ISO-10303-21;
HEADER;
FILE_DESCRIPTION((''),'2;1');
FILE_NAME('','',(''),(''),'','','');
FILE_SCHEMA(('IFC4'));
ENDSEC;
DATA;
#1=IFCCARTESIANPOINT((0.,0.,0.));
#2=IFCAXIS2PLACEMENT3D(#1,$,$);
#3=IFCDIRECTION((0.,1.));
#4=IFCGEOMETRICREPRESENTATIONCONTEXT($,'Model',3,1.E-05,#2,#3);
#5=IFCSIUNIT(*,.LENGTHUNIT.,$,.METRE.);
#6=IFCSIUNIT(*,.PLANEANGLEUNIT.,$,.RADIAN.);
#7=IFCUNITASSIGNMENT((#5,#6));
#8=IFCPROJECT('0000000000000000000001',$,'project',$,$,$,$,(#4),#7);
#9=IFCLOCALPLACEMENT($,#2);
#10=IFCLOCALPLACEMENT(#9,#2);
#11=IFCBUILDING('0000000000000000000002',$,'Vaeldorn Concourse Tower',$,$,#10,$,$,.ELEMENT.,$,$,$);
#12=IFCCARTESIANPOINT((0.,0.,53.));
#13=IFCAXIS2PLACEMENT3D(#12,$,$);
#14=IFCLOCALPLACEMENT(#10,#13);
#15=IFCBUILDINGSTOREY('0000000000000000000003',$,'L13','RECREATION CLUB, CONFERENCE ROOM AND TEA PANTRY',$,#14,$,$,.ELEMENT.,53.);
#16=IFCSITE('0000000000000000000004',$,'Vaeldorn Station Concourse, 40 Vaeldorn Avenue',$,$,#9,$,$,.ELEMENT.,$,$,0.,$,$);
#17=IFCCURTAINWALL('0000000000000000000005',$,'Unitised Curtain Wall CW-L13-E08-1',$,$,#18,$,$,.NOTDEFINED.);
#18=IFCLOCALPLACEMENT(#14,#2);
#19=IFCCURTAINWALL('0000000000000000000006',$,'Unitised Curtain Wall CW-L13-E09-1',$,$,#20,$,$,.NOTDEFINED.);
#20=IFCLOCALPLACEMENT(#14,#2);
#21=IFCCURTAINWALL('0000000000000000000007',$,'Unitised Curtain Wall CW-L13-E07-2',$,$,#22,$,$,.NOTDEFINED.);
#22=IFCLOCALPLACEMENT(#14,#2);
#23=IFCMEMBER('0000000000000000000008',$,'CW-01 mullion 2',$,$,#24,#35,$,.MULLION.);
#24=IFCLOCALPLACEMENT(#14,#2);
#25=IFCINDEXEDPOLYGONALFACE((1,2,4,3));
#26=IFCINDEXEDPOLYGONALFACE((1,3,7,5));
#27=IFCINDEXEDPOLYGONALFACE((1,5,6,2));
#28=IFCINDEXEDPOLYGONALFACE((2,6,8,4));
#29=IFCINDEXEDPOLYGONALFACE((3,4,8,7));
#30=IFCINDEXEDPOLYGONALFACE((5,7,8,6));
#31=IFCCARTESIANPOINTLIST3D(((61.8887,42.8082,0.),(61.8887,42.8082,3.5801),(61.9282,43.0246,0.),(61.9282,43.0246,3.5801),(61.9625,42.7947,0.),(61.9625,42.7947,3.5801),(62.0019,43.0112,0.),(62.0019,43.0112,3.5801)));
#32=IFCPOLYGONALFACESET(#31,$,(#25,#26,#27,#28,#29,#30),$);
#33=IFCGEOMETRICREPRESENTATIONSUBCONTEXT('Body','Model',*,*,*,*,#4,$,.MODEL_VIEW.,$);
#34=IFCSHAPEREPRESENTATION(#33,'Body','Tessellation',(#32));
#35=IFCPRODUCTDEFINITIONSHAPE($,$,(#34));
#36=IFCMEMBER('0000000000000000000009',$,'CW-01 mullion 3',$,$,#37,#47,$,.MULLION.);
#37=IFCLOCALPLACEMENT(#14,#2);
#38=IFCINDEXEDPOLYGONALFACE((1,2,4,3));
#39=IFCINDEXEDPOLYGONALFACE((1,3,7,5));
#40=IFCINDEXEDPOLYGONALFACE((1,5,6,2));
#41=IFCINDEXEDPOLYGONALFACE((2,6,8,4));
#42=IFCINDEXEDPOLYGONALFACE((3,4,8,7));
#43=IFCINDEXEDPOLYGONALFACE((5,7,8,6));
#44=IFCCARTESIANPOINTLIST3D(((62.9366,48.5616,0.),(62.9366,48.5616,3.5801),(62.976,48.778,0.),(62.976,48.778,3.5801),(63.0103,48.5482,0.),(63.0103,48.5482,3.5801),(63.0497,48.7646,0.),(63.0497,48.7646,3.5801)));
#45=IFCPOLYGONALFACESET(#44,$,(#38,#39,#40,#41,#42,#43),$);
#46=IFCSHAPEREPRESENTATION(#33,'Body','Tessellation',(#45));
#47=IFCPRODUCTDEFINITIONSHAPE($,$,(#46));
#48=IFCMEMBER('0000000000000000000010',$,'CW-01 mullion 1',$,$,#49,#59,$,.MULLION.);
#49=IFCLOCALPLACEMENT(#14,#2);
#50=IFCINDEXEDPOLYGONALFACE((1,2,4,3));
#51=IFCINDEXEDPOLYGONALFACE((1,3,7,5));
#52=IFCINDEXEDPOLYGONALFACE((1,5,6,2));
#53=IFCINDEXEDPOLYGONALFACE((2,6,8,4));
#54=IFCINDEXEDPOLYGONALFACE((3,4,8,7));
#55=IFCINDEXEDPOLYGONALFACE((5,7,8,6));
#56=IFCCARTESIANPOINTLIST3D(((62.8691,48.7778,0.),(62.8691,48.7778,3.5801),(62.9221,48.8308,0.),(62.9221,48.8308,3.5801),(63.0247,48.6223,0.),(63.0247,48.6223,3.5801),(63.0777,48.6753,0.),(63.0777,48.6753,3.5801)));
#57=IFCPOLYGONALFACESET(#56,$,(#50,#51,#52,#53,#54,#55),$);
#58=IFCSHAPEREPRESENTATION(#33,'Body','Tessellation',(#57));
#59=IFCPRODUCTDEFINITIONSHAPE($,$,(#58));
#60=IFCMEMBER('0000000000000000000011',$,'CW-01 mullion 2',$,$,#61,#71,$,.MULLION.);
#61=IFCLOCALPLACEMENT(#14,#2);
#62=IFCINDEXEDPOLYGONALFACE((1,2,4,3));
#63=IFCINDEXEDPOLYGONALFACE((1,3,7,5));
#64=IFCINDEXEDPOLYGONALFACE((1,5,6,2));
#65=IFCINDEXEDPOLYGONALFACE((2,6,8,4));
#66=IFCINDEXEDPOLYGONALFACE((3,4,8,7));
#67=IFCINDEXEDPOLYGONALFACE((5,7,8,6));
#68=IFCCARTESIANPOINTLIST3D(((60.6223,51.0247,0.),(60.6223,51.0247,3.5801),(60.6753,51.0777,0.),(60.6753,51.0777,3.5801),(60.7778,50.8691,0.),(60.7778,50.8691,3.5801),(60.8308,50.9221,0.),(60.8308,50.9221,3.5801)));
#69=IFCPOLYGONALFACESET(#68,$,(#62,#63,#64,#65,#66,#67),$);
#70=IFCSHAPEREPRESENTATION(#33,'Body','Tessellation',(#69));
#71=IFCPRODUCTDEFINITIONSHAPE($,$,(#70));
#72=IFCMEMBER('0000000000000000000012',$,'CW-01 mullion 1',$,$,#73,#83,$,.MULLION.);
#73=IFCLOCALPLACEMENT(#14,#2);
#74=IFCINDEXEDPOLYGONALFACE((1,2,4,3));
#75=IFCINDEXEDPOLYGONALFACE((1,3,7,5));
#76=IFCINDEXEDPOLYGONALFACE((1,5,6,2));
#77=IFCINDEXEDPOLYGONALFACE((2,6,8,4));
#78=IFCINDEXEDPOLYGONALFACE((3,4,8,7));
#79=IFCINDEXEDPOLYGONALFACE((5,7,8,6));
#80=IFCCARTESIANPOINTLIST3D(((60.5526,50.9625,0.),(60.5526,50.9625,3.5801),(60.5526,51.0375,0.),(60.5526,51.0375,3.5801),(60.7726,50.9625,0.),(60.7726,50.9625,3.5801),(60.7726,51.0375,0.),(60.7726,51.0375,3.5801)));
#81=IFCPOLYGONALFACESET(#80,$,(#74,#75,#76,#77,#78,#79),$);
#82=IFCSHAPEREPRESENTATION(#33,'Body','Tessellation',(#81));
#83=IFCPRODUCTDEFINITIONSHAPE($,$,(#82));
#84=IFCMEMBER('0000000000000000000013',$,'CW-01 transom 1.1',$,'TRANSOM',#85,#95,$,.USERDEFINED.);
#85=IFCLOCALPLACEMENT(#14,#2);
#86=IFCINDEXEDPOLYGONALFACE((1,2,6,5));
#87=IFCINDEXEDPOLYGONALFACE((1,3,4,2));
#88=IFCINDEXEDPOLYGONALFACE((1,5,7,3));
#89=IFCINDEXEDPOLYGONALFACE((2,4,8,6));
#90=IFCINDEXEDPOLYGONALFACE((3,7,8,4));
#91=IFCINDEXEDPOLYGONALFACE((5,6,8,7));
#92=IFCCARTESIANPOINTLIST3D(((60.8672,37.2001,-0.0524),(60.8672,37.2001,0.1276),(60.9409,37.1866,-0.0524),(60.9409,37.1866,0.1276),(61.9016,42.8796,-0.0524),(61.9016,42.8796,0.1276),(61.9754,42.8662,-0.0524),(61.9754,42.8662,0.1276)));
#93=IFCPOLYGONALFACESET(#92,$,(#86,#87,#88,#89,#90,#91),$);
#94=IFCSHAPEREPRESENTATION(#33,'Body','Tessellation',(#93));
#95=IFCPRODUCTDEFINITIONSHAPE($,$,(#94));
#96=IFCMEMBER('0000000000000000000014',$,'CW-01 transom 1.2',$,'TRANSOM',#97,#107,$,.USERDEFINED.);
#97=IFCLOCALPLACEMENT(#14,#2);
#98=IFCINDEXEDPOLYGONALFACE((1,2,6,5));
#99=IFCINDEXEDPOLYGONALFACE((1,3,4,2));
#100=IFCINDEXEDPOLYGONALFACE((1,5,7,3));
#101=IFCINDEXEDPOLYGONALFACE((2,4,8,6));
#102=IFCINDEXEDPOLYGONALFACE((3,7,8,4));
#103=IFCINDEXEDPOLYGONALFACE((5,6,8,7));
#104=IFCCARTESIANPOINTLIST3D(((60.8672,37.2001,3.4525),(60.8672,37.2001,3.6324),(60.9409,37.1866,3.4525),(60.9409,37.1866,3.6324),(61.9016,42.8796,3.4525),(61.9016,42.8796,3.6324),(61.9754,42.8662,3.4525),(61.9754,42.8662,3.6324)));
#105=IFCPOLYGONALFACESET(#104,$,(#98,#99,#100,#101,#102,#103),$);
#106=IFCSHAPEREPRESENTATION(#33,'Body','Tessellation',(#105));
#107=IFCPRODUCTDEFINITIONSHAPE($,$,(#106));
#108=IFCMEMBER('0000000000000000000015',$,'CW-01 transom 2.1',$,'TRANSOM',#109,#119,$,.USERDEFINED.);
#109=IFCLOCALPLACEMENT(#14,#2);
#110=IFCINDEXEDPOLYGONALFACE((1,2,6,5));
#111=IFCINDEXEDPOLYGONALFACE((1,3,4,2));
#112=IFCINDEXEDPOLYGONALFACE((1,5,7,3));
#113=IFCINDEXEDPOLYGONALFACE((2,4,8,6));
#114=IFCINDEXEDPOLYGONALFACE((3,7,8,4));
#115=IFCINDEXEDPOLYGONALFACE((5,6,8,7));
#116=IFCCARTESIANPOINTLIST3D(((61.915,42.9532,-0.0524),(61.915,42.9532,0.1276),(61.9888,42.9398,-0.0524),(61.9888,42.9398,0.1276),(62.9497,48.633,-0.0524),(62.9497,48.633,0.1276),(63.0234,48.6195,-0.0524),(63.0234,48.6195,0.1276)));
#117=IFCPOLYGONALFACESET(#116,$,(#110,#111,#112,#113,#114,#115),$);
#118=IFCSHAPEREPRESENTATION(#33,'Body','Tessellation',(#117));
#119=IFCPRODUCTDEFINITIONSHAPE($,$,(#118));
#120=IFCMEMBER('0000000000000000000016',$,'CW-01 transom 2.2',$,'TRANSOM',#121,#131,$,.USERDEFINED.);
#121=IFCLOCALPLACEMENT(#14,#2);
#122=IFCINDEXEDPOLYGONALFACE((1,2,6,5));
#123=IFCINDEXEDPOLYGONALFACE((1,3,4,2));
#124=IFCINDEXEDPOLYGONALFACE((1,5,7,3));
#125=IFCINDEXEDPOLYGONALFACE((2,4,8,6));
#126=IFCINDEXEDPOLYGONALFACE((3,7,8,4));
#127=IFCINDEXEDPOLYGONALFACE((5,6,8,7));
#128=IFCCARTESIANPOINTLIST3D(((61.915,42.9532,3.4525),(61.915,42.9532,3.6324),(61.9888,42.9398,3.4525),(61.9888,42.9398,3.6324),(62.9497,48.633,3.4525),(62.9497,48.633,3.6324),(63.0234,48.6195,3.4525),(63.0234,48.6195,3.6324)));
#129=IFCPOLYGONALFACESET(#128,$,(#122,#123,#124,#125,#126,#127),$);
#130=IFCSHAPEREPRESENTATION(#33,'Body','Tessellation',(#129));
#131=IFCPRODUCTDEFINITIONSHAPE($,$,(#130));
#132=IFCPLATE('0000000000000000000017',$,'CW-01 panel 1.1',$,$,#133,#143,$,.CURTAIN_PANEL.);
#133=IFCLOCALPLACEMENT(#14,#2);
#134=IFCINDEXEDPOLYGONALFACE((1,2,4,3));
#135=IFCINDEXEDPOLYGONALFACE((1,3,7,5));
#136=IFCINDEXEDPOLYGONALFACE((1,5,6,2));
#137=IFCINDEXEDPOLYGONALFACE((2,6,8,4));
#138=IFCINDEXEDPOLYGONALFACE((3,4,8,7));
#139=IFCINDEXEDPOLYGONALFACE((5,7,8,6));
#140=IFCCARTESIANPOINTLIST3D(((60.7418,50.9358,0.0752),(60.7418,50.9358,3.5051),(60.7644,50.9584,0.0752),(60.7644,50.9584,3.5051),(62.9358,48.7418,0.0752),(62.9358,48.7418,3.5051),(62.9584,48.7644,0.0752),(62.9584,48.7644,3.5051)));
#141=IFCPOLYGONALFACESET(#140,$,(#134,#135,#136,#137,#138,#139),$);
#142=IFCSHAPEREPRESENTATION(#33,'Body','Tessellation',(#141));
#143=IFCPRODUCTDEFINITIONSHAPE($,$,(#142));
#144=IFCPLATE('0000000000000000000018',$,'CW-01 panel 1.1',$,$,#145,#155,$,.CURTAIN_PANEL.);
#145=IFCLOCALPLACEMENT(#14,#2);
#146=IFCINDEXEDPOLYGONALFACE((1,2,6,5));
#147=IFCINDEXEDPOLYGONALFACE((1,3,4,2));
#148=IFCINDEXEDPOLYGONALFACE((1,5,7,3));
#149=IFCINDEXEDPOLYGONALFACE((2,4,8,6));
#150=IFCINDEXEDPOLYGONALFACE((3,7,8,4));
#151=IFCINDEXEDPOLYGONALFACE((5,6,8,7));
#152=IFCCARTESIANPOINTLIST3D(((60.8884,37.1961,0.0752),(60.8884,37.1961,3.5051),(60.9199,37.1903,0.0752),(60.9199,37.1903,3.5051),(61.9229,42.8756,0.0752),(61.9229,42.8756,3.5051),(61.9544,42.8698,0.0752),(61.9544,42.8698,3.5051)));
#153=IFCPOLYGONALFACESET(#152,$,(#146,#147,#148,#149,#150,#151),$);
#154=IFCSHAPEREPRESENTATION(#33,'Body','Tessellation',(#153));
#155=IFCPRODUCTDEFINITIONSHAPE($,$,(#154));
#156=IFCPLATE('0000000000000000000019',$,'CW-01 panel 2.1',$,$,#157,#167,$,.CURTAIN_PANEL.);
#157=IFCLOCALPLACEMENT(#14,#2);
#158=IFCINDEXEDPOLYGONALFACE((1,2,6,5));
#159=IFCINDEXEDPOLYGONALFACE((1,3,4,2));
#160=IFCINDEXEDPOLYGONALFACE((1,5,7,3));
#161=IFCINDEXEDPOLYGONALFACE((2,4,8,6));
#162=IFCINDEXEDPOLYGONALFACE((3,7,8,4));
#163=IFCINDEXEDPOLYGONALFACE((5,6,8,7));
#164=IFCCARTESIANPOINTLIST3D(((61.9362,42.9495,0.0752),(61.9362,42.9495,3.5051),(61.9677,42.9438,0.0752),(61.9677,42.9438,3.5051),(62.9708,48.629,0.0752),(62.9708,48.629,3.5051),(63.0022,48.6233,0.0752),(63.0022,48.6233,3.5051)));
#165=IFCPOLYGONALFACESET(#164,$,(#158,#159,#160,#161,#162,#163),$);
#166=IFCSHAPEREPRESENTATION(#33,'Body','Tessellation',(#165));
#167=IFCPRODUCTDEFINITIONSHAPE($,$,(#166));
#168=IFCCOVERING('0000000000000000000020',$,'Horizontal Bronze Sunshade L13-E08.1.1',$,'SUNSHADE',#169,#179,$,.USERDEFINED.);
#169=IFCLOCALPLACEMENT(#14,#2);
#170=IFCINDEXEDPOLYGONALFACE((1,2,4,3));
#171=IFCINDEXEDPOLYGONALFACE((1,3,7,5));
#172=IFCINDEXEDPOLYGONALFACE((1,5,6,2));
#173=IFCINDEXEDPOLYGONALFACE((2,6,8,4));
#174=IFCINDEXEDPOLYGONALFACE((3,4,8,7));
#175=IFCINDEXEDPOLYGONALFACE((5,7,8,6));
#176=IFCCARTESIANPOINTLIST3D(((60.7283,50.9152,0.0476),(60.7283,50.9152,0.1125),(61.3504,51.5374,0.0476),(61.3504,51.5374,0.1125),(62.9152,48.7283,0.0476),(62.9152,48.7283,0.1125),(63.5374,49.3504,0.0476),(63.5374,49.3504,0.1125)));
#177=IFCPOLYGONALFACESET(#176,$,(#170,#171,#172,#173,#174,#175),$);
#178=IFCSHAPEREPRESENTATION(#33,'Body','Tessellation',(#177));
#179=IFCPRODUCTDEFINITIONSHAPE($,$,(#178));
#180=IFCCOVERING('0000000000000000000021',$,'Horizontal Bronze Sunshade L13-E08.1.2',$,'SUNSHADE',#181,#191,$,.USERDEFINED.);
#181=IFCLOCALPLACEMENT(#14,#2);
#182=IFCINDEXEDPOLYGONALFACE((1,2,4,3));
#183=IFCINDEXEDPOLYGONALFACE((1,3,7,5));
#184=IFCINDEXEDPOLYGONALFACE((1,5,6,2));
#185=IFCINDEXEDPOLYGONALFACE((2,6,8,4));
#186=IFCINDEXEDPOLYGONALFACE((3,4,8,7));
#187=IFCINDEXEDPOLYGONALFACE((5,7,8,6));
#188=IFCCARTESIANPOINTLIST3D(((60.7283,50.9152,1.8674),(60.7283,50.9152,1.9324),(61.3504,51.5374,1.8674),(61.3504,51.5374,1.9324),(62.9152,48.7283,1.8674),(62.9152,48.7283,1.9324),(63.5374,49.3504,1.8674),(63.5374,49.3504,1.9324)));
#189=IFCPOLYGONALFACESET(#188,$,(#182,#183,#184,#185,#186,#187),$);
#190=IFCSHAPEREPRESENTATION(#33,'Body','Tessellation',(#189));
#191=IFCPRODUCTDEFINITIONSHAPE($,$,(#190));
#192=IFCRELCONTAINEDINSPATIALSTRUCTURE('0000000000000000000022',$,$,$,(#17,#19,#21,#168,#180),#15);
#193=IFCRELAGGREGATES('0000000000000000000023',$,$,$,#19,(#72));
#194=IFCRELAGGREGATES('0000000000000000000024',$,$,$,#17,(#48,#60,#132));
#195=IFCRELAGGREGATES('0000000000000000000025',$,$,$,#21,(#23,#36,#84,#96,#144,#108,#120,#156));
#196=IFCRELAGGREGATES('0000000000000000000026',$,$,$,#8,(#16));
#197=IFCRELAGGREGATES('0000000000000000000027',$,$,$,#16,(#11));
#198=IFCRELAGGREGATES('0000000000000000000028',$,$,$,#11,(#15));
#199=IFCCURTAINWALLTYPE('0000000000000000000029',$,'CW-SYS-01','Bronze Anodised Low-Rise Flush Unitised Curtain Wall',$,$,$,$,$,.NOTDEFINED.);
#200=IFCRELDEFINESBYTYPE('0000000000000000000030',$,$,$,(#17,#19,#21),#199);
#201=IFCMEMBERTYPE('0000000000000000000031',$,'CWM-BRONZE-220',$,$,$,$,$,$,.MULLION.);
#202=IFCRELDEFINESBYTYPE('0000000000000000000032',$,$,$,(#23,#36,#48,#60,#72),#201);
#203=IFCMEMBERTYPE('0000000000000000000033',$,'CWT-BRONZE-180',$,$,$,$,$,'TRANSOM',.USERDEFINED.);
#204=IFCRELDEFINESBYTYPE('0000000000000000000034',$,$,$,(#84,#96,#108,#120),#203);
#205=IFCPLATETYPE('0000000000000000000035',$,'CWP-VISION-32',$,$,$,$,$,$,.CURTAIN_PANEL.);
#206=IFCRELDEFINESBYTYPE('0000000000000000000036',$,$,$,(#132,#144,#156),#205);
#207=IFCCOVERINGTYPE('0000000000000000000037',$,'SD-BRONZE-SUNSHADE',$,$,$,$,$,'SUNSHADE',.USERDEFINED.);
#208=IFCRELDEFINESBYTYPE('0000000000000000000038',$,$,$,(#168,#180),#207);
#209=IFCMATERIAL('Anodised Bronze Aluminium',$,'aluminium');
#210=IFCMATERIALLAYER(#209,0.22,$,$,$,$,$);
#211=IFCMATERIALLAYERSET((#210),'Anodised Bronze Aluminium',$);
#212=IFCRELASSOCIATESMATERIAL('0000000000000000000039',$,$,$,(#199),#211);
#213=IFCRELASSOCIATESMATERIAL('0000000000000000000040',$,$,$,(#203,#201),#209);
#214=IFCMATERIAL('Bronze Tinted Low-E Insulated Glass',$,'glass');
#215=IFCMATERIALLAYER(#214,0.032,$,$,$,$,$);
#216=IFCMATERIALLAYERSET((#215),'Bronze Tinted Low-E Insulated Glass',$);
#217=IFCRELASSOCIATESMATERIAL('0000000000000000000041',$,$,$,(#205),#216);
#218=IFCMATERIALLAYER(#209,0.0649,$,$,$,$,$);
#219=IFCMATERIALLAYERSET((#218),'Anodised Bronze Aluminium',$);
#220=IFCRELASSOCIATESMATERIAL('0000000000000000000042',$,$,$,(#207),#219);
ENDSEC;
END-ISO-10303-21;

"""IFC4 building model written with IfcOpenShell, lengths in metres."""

from ifc_helpers import new_model, si_unit, direction, frame, origin, origin_2d, place, context, subcontext, project, spatial, rectangle, extrude, source, transform, mapped, material, layer, layer_set, material_profile, profile_set, type_object, element, aggregate, save


model = new_model("IFC4")

# Units and contexts
model_context = context("Model", 3, precision=1e-05, world=origin(), true_north=direction((0.0, 1.0)))
body_context = subcontext(model_context, "Body", "Model", "MODEL_VIEW")
ifc_project = project(units=[si_unit("LENGTHUNIT", "METRE"), si_unit("PLANEANGLEUNIT", "RADIAN")], contexts=[model_context])

# Site, building, storey
site_placement = place(None, origin())
site = spatial("IfcSite", under=ifc_project, at=site_placement, Name="Vaeldorn Station Concourse, 40 Vaeldorn Avenue", CompositionType="ELEMENT", RefElevation=0.0)
building_placement = place(site_placement, origin())
building = spatial("IfcBuilding", under=site, at=building_placement, Name="Vaeldorn Concourse Tower", CompositionType="ELEMENT")
storey_placement = place(building_placement, frame((0.0, 0.0, 53.0)))
storey = spatial("IfcBuildingStorey", under=building, at=storey_placement, Name="L13", Description="RECREATION CLUB, CONFERENCE ROOM AND TEA PANTRY", CompositionType="ELEMENT", Elevation=53.0)

# Curtain walls
ifc_material_1 = material(Name="Anodised Bronze Aluminium", Category="aluminium")
ifc_layer_1 = layer(ifc_material_1, 0.22)
ifc_layer_set_1 = layer_set([ifc_layer_1], Name="Anodised Bronze Aluminium")
curtain_wall_type = type_object("IfcCurtainWallType", Name="CW-SYS-01", Description="Bronze Anodised Low-Rise Flush Unitised Curtain Wall", PredefinedType="NOTDEFINED", material=ifc_layer_set_1)
curtain_wall_1_placement = place(storey_placement, origin())
curtain_wall_1 = element("IfcCurtainWall", 1, at=curtain_wall_1_placement, inside=storey, type_object=curtain_wall_type, Name="Unitised Curtain Wall CW-L13-E08-1", PredefinedType="NOTDEFINED")
ifc_material_profile_1 = material_profile(ifc_material_1, rectangle(XDim=0.075, YDim=0.1799, at=origin_2d()), Name="CWT 75x180")
ifc_profile_set_1 = profile_set([ifc_material_profile_1], Name="Anodised Bronze Aluminium")
member_type_1 = type_object("IfcMemberType", Name="CWT-BRONZE-180", ElementType="TRANSOM", PredefinedType="USERDEFINED", material=ifc_profile_set_1)
curtain_wall_2_placement = place(storey_placement, origin())
curtain_wall_2 = element("IfcCurtainWall", 2, at=curtain_wall_2_placement, inside=storey, type_object=curtain_wall_type, Name="Unitised Curtain Wall CW-L13-E09-1", PredefinedType="NOTDEFINED")

# Shared definitions
ifc_material_profile_2 = material_profile(ifc_material_1, rectangle(XDim=0.075, YDim=0.22, at=origin_2d()), Name="CWM 75x220")
ifc_profile_set_2 = profile_set([ifc_material_profile_2], Name="Anodised Bronze Aluminium")
member_type_2 = type_object("IfcMemberType", Name="CWM-BRONZE-220", PredefinedType="MULLION", material=ifc_profile_set_2)
shared_shape_1 = source(origin(), body_context, "Body", "SweptSolid", [
    extrude(rectangle(XDim=0.075, YDim=0.22, at=origin_2d()), origin(), (0.0, 0.0, 1.0), 3.5801),
])

# Curtain wall, members
curtain_wall_3_placement = place(storey_placement, origin())
curtain_wall_3 = element("IfcCurtainWall", 3, at=curtain_wall_3_placement, inside=storey, type_object=curtain_wall_type, Name="Unitised Curtain Wall CW-L13-E07-2", PredefinedType="NOTDEFINED")
member_1_placement = place(storey_placement, frame((61.9453, 42.9097, 0.0), z_axis=(0.0, 0.0, 1.0), x_axis=(-0.983812, 0.179202, 0.0)))
member_1 = element("IfcMember", 4, at=member_1_placement, type_object=member_type_2, Name="CW-01 mullion 2", PredefinedType="MULLION", context=body_context, shape_type="MappedRepresentation", body=[
    mapped(shared_shape_1, transform((0.0, 0.0, 0.0), scale=1.0)),
])
member_2_placement = place(storey_placement, frame((62.9932, 48.6631, 0.0), z_axis=(0.0, 0.0, 1.0), x_axis=(-0.983812, 0.179202, 0.0)))
member_2 = element("IfcMember", 5, at=member_2_placement, type_object=member_type_2, Name="CW-01 mullion 3", PredefinedType="MULLION", context=body_context, shape_type="MappedRepresentation", body=[
    mapped(shared_shape_1, transform((0.0, 0.0, 0.0), scale=1.0)),
])

# Members
member_3_placement = place(storey_placement, frame((62.9734, 48.7266, 0.0), z_axis=(0.0, 0.0, 1.0), x_axis=(-0.707107, -0.707107, 0.0)))
member_3 = element("IfcMember", 6, at=member_3_placement, type_object=member_type_2, Name="CW-01 mullion 1", PredefinedType="MULLION", context=body_context, shape_type="MappedRepresentation", body=[
    mapped(shared_shape_1, transform((0.0, 0.0, 0.0), scale=1.0)),
])
member_4_placement = place(storey_placement, frame((60.7266, 50.9734, 0.0), z_axis=(0.0, 0.0, 1.0), x_axis=(-0.707107, -0.707107, 0.0)))
member_4 = element("IfcMember", 7, at=member_4_placement, type_object=member_type_2, Name="CW-01 mullion 2", PredefinedType="MULLION", context=body_context, shape_type="MappedRepresentation", body=[
    mapped(shared_shape_1, transform((0.0, 0.0, 0.0), scale=1.0)),
])
member_5_placement = place(storey_placement, frame((60.6626, 51.0, 0.0), z_axis=(0.0, 0.0, 1.0), x_axis=(0.0, -1.0, 0.0)))
member_5 = element("IfcMember", 8, at=member_5_placement, type_object=member_type_2, Name="CW-01 mullion 1", PredefinedType="MULLION", context=body_context, shape_type="MappedRepresentation", body=[
    mapped(shared_shape_1, transform((0.0, 0.0, 0.0), scale=1.0)),
])
aggregate(curtain_wall_2, [member_5])
shared_shape_2 = source(origin(), body_context, "Body", "SweptSolid", [
    extrude(rectangle(XDim=0.075, YDim=0.1799, at=origin_2d()), origin(), (0.0, 0.0, 1.0), 5.7729),
])
member_6_placement = place(storey_placement, frame((60.9041, 37.1934, 0.0376), z_axis=(0.179187, 0.983815, 0.0), x_axis=(-0.983815, 0.179187, 0.0)))
member_6 = element("IfcMember", 9, at=member_6_placement, type_object=member_type_1, Name="CW-01 transom 1.1", ObjectType="TRANSOM", PredefinedType="USERDEFINED", context=body_context, shape_type="MappedRepresentation", body=[
    mapped(shared_shape_2, transform((0.0, 0.0, 0.0), scale=1.0)),
])
member_7_placement = place(storey_placement, frame((60.9041, 37.1934, 3.5425), z_axis=(0.179187, 0.983815, 0.0), x_axis=(-0.983815, 0.179187, 0.0)))
member_7 = element("IfcMember", 10, at=member_7_placement, type_object=member_type_1, Name="CW-01 transom 1.2", ObjectType="TRANSOM", PredefinedType="USERDEFINED", context=body_context, shape_type="MappedRepresentation", body=[
    mapped(shared_shape_2, transform((0.0, 0.0, 0.0), scale=1.0)),
])
shared_shape_3 = source(origin(), body_context, "Body", "SweptSolid", [
    extrude(rectangle(XDim=0.075, YDim=0.1799, at=origin_2d()), origin(), (0.0, 0.0, 1.0), 5.7732),
])
member_8_placement = place(storey_placement, frame((61.9519, 42.9465, 0.0376), z_axis=(0.17922, 0.983809, 0.0), x_axis=(-0.983809, 0.17922, 0.0)))
member_8 = element("IfcMember", 11, at=member_8_placement, type_object=member_type_1, Name="CW-01 transom 2.1", ObjectType="TRANSOM", PredefinedType="USERDEFINED", context=body_context, shape_type="MappedRepresentation", body=[
    mapped(shared_shape_3, transform((0.0, 0.0, 0.0), scale=1.0)),
])
member_9_placement = place(storey_placement, frame((61.9519, 42.9465, 3.5425), z_axis=(0.17922, 0.983809, 0.0), x_axis=(-0.983809, 0.17922, 0.0)))
member_9 = element("IfcMember", 12, at=member_9_placement, type_object=member_type_1, Name="CW-01 transom 2.2", ObjectType="TRANSOM", PredefinedType="USERDEFINED", context=body_context, shape_type="MappedRepresentation", body=[
    mapped(shared_shape_3, transform((0.0, 0.0, 0.0), scale=1.0)),
])

# Plates
ifc_material_2 = material(Name="Bronze Tinted Low-E Insulated Glass", Category="glass")
ifc_layer_2 = layer(ifc_material_2, 0.032)
ifc_layer_set_2 = layer_set([ifc_layer_2], Name="Bronze Tinted Low-E Insulated Glass")
plate_type = type_object("IfcPlateType", Name="CWP-VISION-32", PredefinedType="CURTAIN_PANEL", material=ifc_layer_set_2)
shared_shape_4 = source(origin(), body_context, "Body", "SweptSolid", [
    extrude(rectangle(XDim=3.1028, YDim=0.032, at=origin_2d()), origin(), (0.0, 0.0, 1.0), 3.4299),
])
plate_1_placement = place(storey_placement, frame((61.8501, 49.8501, 0.0752), z_axis=(0.0, 0.0, 1.0), x_axis=(-0.707107, 0.707107, 0.0)))
plate_1 = element("IfcPlate", 13, at=plate_1_placement, type_object=plate_type, Name="CW-01 panel 1.1", PredefinedType="CURTAIN_PANEL", context=body_context, shape_type="MappedRepresentation", body=[
    mapped(shared_shape_4, transform((0.0, 0.0, 0.0), scale=1.0)),
])
aggregate(curtain_wall_1, [member_3, member_4, plate_1])
shared_shape_5 = source(origin(), body_context, "Body", "SweptSolid", [
    extrude(rectangle(XDim=5.7729, YDim=0.032, at=origin_2d()), origin(), (0.0, 0.0, 1.0), 3.4299),
])
plate_2_placement = place(storey_placement, frame((61.4214, 40.033, 0.0752), z_axis=(0.0, 0.0, 1.0), x_axis=(0.179202, 0.983812, 0.0)))
plate_2 = element("IfcPlate", 14, at=plate_2_placement, type_object=plate_type, Name="CW-01 panel 1.1", PredefinedType="CURTAIN_PANEL", context=body_context, shape_type="MappedRepresentation", body=[
    mapped(shared_shape_5, transform((0.0, 0.0, 0.0), scale=1.0)),
])
plate_3_placement = place(storey_placement, frame((62.4692, 45.7864, 0.0752), z_axis=(0.0, 0.0, 1.0), x_axis=(0.179202, 0.983812, 0.0)))
plate_3 = element("IfcPlate", 15, at=plate_3_placement, type_object=plate_type, Name="CW-01 panel 2.1", PredefinedType="CURTAIN_PANEL", context=body_context, shape_type="MappedRepresentation", body=[
    mapped(shared_shape_5, transform((0.0, 0.0, 0.0), scale=1.0)),
])
aggregate(curtain_wall_3, [member_1, member_2, member_6, member_7, plate_2, member_8, member_9, plate_3])

# Coverings
ifc_layer_3 = layer(ifc_material_1, 0.0649)
ifc_layer_set_3 = layer_set([ifc_layer_3], Name="Anodised Bronze Aluminium")
covering_type = type_object("IfcCoveringType", Name="SD-BRONZE-SUNSHADE", ElementType="SUNSHADE", PredefinedType="USERDEFINED", material=ifc_layer_set_3)
shared_shape_6 = source(origin(), body_context, "Body", "SweptSolid", [
    extrude(rectangle(XDim=3.0928, YDim=0.8799, at=origin_2d()), origin(), (0.0, 0.0, 1.0), 0.0649),
])
for number, where, z_axis, x_axis, name in (
    (16, (62.1328, 50.1328, 0.0476), (0.0, 0.0, 1.0), (-0.707107, 0.707107, 0.0), "Horizontal Bronze Sunshade L13-E08.1.1"),
    (17, (62.1328, 50.1328, 1.8674), (0.0, 0.0, 1.0), (-0.707107, 0.707107, 0.0), "Horizontal Bronze Sunshade L13-E08.1.2"),
):
    element("IfcCovering", number, at=place(storey_placement, frame(where, z_axis=z_axis, x_axis=x_axis)), inside=storey, type_object=covering_type, Name=name, ObjectType="SUNSHADE", PredefinedType="USERDEFINED", context=body_context, shape_type="MappedRepresentation", body=[
        mapped(shared_shape_6, transform((0.0, 0.0, 0.0), scale=1.0)),
    ])

save(model, "model.ifc")
